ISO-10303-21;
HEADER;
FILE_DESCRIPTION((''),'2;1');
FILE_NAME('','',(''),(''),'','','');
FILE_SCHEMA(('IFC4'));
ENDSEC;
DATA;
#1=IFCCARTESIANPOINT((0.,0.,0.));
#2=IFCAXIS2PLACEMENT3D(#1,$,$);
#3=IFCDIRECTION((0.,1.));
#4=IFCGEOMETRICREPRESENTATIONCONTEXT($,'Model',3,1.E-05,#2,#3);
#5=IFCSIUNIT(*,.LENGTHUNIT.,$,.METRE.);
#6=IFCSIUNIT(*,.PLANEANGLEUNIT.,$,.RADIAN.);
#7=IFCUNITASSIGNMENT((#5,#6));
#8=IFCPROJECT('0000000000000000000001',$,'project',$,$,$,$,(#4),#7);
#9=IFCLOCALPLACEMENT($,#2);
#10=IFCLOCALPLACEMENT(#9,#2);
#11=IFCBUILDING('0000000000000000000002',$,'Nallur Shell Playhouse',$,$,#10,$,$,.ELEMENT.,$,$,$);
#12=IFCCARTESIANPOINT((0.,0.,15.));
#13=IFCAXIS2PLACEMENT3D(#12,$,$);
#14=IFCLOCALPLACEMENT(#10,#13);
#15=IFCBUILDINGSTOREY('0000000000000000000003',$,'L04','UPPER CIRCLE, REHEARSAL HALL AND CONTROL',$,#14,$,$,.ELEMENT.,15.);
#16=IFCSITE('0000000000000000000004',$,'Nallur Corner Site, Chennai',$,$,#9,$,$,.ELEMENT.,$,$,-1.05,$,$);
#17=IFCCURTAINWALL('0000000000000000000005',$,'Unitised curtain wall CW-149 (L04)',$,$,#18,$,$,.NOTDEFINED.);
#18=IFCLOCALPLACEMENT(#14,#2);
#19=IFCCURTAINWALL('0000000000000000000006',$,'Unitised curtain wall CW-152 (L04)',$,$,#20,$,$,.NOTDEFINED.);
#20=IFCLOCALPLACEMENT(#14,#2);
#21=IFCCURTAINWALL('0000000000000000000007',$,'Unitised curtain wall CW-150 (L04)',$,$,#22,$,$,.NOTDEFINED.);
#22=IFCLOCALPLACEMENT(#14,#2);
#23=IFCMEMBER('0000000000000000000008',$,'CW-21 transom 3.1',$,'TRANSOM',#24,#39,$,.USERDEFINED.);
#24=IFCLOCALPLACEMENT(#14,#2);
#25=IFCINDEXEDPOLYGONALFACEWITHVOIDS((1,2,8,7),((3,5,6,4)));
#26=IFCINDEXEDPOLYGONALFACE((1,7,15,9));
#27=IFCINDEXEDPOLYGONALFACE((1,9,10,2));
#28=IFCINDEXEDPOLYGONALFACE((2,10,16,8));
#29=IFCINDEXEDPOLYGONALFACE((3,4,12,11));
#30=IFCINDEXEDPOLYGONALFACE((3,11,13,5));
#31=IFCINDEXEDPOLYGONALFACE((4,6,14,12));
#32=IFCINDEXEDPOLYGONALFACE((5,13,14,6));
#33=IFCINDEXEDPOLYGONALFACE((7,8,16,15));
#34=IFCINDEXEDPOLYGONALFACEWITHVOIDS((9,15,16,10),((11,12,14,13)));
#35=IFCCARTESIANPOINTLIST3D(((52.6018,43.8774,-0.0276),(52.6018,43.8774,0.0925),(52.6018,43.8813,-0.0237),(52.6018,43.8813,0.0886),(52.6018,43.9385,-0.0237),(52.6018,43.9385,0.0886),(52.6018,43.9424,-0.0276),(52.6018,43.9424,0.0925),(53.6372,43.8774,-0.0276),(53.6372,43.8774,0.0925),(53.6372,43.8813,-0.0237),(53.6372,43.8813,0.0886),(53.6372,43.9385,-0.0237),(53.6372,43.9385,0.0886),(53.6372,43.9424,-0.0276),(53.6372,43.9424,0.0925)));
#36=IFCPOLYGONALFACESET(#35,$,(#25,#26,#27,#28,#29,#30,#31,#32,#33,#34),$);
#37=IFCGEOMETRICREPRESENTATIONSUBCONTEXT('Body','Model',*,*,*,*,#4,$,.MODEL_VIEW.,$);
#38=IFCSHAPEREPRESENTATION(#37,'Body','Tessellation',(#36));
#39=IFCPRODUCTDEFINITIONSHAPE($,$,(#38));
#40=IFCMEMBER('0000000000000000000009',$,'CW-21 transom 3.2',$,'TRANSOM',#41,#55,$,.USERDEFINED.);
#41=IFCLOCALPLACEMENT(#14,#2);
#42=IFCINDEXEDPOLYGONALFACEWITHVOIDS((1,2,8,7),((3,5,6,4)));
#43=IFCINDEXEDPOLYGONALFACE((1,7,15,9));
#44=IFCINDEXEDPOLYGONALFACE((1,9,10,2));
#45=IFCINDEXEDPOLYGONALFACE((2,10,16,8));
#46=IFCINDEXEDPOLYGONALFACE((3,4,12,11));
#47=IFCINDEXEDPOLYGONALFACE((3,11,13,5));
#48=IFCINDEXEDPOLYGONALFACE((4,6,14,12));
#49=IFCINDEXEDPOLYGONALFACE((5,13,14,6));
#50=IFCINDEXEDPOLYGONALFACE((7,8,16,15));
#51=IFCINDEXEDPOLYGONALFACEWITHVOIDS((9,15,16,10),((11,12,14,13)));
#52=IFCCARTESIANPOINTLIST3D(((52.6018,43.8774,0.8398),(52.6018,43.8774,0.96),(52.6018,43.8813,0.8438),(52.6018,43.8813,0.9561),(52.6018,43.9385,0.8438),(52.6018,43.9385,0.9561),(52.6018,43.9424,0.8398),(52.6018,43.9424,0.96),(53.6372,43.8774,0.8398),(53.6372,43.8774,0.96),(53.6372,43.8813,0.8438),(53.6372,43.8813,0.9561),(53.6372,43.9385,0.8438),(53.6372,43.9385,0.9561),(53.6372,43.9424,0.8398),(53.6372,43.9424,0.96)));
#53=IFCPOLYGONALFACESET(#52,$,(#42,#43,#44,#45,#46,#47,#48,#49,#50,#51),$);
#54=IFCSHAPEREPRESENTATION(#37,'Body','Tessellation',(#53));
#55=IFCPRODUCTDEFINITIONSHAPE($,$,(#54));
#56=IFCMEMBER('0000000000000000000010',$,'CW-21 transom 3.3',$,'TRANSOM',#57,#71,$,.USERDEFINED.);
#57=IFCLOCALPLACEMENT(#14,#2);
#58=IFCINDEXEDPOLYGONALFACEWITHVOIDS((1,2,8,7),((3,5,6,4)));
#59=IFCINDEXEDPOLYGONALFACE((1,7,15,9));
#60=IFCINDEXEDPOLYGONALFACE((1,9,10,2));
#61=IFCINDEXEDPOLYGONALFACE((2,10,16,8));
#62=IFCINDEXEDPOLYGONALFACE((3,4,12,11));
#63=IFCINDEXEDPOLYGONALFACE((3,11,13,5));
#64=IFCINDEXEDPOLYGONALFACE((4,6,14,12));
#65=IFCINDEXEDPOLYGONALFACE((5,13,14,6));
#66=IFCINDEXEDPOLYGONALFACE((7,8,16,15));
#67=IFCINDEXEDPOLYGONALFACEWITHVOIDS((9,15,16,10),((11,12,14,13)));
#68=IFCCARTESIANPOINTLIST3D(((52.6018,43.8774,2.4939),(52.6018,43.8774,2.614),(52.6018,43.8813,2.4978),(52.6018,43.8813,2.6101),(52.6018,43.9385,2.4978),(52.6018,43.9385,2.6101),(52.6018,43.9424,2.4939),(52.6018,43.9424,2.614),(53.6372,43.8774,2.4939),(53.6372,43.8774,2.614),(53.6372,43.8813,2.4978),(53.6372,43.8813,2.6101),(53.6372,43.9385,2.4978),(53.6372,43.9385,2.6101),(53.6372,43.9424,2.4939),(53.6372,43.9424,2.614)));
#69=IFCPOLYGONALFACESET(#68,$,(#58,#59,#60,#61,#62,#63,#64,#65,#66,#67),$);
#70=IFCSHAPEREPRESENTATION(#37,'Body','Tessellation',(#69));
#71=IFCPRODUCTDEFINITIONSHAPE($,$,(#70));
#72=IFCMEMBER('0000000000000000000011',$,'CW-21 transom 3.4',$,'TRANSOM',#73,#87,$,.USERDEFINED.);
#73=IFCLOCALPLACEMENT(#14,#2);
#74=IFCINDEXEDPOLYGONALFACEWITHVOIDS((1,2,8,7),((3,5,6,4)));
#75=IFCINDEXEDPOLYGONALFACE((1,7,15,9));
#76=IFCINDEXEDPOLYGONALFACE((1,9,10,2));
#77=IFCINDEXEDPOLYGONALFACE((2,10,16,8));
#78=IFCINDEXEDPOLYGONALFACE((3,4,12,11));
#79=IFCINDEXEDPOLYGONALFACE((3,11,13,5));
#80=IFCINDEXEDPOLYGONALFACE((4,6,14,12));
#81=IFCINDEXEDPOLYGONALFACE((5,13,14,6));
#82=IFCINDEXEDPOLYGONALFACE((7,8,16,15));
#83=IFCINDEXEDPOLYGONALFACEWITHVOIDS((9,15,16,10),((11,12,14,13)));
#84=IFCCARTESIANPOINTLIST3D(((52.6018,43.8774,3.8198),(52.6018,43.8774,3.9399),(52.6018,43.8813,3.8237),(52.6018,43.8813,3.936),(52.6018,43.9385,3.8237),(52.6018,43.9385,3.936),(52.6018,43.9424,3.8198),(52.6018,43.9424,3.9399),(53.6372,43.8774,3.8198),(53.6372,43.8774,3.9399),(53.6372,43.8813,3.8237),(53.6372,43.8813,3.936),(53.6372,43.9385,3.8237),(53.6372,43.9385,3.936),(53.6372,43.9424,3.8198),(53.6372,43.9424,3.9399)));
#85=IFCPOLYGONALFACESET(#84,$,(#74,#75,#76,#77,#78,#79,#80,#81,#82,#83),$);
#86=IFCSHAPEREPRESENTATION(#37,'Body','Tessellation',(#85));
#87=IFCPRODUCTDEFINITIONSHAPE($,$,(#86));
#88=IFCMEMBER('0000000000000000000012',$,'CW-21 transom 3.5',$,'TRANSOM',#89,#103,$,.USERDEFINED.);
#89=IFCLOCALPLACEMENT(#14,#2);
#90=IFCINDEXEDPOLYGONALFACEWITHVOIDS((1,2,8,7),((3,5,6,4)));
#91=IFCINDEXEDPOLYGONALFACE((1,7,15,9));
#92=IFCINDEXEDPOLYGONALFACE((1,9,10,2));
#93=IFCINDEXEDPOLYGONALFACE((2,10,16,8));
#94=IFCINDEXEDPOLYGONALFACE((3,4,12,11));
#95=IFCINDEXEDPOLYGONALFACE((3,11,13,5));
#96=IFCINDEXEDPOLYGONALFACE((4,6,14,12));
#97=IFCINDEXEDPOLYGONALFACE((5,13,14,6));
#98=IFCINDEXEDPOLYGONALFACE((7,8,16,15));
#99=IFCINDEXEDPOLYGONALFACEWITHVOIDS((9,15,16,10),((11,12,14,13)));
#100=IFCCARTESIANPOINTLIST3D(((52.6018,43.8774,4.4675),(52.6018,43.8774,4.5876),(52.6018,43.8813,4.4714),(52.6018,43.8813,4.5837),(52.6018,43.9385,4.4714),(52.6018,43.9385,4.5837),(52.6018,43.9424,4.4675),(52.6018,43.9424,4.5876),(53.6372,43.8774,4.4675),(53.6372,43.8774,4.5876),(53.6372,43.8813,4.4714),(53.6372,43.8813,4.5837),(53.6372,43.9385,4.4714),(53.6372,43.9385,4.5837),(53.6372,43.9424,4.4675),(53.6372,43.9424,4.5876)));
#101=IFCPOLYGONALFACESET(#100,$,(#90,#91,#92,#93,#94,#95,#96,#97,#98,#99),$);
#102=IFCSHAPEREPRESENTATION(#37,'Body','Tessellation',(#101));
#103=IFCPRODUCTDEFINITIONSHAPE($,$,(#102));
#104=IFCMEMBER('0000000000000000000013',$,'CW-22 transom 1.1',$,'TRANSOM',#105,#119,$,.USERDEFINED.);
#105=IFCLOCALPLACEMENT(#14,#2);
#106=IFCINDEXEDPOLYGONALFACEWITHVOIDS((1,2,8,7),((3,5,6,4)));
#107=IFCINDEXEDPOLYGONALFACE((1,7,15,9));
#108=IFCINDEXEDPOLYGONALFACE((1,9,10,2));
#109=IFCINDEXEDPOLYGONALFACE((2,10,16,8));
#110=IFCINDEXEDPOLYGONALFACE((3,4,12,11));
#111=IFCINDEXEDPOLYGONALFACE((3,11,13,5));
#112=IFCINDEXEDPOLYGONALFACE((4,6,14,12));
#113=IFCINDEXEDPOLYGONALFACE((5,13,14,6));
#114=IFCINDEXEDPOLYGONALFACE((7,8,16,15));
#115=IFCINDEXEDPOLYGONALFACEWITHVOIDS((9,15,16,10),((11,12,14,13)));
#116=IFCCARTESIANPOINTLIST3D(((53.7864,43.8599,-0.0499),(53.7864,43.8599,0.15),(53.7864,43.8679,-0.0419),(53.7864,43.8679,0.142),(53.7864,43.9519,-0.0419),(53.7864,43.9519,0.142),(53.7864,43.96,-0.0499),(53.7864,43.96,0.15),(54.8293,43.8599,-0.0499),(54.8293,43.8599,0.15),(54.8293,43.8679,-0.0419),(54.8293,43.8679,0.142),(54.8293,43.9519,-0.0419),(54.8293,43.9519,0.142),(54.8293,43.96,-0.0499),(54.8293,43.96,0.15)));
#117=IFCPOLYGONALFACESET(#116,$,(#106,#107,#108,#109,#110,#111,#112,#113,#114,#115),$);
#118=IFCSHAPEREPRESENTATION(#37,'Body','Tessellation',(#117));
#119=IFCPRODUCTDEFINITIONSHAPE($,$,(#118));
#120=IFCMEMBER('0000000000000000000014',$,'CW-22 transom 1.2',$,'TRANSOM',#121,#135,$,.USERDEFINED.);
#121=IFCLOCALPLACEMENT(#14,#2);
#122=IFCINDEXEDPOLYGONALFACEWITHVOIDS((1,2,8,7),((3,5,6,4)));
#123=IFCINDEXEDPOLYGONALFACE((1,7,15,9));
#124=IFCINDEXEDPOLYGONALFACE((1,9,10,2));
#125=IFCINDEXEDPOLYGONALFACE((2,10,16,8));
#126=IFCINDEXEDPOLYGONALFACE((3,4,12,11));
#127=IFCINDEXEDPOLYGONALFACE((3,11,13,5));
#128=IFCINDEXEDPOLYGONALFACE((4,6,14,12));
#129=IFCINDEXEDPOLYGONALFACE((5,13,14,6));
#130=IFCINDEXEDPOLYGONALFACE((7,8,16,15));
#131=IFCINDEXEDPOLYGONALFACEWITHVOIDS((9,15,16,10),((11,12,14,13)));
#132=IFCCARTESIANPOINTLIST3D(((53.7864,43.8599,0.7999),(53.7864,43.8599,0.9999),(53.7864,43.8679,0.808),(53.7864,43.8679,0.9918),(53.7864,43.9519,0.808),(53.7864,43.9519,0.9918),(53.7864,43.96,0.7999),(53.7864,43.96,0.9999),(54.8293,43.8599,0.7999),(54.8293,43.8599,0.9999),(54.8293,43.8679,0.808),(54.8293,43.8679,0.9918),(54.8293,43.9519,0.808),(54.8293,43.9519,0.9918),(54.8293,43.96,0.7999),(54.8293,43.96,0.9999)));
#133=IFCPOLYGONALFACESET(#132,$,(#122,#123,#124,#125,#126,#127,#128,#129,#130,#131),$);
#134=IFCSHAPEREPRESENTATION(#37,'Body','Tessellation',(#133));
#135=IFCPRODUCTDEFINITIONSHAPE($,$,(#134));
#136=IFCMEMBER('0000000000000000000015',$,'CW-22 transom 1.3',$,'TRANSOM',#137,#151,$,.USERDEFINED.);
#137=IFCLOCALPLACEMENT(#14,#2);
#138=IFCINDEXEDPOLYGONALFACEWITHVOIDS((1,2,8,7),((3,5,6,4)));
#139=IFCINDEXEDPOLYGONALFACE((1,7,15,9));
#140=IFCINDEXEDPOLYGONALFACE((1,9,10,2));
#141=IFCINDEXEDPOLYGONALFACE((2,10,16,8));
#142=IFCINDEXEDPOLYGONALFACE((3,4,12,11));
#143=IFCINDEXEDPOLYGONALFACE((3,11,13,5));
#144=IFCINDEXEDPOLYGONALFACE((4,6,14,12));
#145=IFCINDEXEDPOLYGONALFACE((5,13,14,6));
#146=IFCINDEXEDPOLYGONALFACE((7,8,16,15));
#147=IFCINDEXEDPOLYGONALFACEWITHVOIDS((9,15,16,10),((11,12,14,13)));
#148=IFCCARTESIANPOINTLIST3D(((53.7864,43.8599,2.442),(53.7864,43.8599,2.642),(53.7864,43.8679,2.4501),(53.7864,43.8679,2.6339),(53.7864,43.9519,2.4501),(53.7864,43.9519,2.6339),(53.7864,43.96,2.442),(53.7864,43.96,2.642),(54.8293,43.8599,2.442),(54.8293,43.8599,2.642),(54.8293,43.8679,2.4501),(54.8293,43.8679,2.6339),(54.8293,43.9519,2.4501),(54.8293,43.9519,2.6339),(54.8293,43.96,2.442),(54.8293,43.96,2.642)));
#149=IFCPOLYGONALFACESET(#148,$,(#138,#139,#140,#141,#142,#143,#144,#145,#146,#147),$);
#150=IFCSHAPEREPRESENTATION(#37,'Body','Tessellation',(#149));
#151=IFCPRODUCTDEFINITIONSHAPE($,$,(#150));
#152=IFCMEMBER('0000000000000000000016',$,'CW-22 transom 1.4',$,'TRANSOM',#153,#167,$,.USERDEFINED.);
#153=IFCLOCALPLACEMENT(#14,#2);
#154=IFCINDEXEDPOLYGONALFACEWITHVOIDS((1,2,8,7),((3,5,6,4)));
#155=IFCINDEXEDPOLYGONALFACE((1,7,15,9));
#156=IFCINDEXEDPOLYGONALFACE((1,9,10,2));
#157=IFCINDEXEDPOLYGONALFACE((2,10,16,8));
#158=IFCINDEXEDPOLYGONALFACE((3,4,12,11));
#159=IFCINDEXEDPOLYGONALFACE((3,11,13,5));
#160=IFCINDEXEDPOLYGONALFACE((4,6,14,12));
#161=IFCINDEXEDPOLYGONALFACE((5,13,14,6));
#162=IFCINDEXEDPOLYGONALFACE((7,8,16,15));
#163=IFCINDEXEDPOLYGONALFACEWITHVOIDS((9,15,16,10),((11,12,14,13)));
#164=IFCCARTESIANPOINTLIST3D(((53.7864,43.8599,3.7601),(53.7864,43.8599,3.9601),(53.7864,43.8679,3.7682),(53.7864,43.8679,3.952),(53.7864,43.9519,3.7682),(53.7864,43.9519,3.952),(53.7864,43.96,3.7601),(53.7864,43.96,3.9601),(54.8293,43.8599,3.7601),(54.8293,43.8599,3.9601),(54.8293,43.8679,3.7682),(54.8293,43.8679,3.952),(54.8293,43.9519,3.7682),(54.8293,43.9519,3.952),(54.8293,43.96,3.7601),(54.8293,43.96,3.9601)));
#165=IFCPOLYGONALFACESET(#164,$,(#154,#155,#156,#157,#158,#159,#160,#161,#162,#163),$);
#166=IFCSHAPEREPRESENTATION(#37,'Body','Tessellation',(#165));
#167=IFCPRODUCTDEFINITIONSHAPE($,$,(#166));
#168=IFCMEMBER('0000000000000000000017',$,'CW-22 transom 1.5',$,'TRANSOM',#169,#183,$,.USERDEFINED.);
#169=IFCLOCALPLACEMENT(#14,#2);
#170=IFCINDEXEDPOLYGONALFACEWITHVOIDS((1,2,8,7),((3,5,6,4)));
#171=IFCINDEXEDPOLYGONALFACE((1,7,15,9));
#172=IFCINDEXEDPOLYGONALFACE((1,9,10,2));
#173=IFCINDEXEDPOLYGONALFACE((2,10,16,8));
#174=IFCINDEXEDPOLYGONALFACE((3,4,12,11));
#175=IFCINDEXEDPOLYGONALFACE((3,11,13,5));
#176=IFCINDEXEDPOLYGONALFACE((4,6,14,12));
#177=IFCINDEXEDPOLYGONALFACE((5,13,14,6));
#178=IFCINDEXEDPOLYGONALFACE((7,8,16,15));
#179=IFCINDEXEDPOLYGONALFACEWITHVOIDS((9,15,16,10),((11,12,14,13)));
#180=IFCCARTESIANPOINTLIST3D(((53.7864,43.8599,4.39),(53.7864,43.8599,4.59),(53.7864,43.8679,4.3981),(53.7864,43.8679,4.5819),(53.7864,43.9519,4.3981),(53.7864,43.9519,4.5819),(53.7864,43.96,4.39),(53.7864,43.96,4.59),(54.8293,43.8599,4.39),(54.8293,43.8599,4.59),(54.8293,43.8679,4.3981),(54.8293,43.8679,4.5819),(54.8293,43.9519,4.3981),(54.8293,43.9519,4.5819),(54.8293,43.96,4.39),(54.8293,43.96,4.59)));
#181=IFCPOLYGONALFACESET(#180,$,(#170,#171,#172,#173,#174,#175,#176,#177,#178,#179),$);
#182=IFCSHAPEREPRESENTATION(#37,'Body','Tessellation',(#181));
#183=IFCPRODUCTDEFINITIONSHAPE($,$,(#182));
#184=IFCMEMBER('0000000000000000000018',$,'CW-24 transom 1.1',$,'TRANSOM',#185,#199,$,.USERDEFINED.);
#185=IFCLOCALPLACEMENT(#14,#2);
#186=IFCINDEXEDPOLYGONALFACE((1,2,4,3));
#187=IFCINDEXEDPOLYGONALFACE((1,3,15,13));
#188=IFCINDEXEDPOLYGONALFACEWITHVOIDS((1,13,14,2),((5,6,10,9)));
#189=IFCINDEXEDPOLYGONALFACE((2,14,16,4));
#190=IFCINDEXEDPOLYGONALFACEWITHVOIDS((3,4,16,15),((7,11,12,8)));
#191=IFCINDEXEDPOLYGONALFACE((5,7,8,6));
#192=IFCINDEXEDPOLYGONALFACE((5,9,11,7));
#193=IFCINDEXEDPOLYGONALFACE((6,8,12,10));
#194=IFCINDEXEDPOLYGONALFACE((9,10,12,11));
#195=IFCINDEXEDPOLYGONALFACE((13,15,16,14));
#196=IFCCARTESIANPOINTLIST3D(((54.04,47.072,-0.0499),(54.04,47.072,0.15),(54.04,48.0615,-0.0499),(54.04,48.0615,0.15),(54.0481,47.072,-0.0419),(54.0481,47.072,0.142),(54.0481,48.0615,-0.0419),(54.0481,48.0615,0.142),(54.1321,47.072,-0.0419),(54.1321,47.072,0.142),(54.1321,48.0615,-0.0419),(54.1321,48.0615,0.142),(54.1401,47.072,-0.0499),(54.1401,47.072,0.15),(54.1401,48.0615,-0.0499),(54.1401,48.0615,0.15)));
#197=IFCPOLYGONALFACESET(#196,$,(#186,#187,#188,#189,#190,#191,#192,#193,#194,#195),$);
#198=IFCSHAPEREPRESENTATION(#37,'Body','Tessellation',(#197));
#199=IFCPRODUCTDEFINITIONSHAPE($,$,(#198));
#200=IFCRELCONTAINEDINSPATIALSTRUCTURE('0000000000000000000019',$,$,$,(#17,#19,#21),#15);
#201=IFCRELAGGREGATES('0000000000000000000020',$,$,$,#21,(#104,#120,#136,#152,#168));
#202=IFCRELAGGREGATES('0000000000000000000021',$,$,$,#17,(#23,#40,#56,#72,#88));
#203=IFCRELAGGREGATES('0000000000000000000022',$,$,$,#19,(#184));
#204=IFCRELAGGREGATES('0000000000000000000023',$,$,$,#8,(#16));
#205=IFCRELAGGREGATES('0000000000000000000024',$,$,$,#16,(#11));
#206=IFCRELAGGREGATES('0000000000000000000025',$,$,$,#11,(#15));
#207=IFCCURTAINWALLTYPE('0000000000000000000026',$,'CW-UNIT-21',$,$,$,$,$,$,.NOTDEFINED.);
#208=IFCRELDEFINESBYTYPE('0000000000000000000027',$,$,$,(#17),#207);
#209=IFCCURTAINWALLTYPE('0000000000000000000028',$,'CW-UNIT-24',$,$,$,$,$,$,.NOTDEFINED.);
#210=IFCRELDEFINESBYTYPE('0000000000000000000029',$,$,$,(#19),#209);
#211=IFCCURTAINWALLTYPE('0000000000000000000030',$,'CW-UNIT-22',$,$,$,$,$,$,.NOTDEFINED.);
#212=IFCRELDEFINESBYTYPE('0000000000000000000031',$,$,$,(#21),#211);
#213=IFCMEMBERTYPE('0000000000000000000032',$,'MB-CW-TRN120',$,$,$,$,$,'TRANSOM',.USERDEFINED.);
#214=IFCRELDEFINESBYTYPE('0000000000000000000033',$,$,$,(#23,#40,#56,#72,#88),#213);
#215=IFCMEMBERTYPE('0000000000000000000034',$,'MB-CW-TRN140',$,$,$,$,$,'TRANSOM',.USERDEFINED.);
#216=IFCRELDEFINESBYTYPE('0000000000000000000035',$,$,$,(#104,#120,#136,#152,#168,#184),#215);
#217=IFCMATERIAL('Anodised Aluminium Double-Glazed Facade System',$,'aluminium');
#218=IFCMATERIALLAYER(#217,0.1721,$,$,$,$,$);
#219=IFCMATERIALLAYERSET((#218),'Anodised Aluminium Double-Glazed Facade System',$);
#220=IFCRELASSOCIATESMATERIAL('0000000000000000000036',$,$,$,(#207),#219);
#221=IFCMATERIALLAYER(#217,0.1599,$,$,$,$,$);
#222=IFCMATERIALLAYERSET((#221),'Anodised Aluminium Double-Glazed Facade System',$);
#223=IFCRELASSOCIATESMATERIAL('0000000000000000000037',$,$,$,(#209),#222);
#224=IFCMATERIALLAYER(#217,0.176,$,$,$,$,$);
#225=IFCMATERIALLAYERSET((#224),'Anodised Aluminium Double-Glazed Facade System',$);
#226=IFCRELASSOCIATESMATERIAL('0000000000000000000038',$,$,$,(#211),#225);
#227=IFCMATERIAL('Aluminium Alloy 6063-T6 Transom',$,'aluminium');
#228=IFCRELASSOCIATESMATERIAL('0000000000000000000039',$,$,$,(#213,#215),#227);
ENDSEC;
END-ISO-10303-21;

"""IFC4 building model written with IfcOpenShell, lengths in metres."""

from ifc_helpers import new_model, si_unit, direction, frame, origin, origin_2d, place, context, subcontext, project, spatial, hollow_rectangle, extrude, material, layer, layer_set, material_profile, profile_set, type_object, element, aggregate, save


model = new_model("IFC4")

# Units and contexts
model_context = context("Model", 3, precision=1e-05, world=origin(), true_north=direction((0.0, 1.0)))
body_context = subcontext(model_context, "Body", "Model", "MODEL_VIEW")
ifc_project = project(units=[si_unit("LENGTHUNIT", "METRE"), si_unit("PLANEANGLEUNIT", "RADIAN")], contexts=[model_context])

# Site, building, storey
site_placement = place(None, origin())
site = spatial("IfcSite", under=ifc_project, at=site_placement, Name="Nallur Corner Site, Chennai", CompositionType="ELEMENT", RefElevation=-1.05)
building_placement = place(site_placement, origin())
building = spatial("IfcBuilding", under=site, at=building_placement, Name="Nallur Shell Playhouse", CompositionType="ELEMENT")
storey_placement = place(building_placement, frame((0.0, 0.0, 15.0)))
storey = spatial("IfcBuildingStorey", under=building, at=storey_placement, Name="L04", Description="UPPER CIRCLE, REHEARSAL HALL AND CONTROL", CompositionType="ELEMENT", Elevation=15.0)

# Curtain wall
ifc_material_1 = material(Name="Anodised Aluminium Double-Glazed Facade System", Category="aluminium")
ifc_layer_1 = layer(ifc_material_1, 0.1721)
ifc_layer_set_1 = layer_set([ifc_layer_1], Name="Anodised Aluminium Double-Glazed Facade System")
curtain_wall_type_1 = type_object("IfcCurtainWallType", Name="CW-UNIT-21", PredefinedType="NOTDEFINED", material=ifc_layer_set_1)
curtain_wall_1_placement = place(storey_placement, origin())
curtain_wall_1 = element("IfcCurtainWall", 1, at=curtain_wall_1_placement, inside=storey, type_object=curtain_wall_type_1, Name="Unitised curtain wall CW-149 (L04)", PredefinedType="NOTDEFINED")

# Curtain walls
ifc_layer_2 = layer(ifc_material_1, 0.1599)
ifc_layer_set_2 = layer_set([ifc_layer_2], Name="Anodised Aluminium Double-Glazed Facade System")
curtain_wall_type_2 = type_object("IfcCurtainWallType", Name="CW-UNIT-24", PredefinedType="NOTDEFINED", material=ifc_layer_set_2)
curtain_wall_2_placement = place(storey_placement, origin())
curtain_wall_2 = element("IfcCurtainWall", 2, at=curtain_wall_2_placement, inside=storey, type_object=curtain_wall_type_2, Name="Unitised curtain wall CW-152 (L04)", PredefinedType="NOTDEFINED")
ifc_layer_3 = layer(ifc_material_1, 0.176)
ifc_layer_set_3 = layer_set([ifc_layer_3], Name="Anodised Aluminium Double-Glazed Facade System")
curtain_wall_type_3 = type_object("IfcCurtainWallType", Name="CW-UNIT-22", PredefinedType="NOTDEFINED", material=ifc_layer_set_3)
curtain_wall_3_placement = place(storey_placement, origin())
curtain_wall_3 = element("IfcCurtainWall", 3, at=curtain_wall_3_placement, inside=storey, type_object=curtain_wall_type_3, Name="Unitised curtain wall CW-150 (L04)", PredefinedType="NOTDEFINED")

# Members
ifc_material_2 = material(Name="Aluminium Alloy 6063-T6 Transom", Category="aluminium")
ifc_material_profile_1 = material_profile(ifc_material_2, hollow_rectangle(XDim=0.0649, YDim=0.1201, WallThickness=0.0039, at=origin_2d()), Name="ALU 65x120x4")
ifc_profile_set_1 = profile_set([ifc_material_profile_1], Name="Aluminium Alloy 6063-T6 Transom")
member_type_1 = type_object("IfcMemberType", Name="MB-CW-TRN120", ElementType="TRANSOM", PredefinedType="USERDEFINED", material=ifc_profile_set_1)
member_1_placement = place(storey_placement, frame((52.6018, 43.9099, 0.0325), z_axis=(1.0, 0.0, 0.0), x_axis=(0.0, 1.0, 0.0)))
member_1 = element("IfcMember", 4, at=member_1_placement, type_object=member_type_1, Name="CW-21 transom 3.1", ObjectType="TRANSOM", PredefinedType="USERDEFINED", context=body_context, shape_type="SweptSolid", body=[
    extrude(hollow_rectangle(XDim=0.0649, YDim=0.1201, WallThickness=0.0039, at=origin_2d()), origin(), (0.0, 0.0, 1.0), 1.0354),
])
member_2_placement = place(storey_placement, frame((52.6018, 43.9099, 0.8999), z_axis=(1.0, 0.0, 0.0), x_axis=(0.0, 1.0, 0.0)))
member_2 = element("IfcMember", 5, at=member_2_placement, type_object=member_type_1, Name="CW-21 transom 3.2", ObjectType="TRANSOM", PredefinedType="USERDEFINED", context=body_context, shape_type="SweptSolid", body=[
    extrude(hollow_rectangle(XDim=0.0649, YDim=0.1201, WallThickness=0.0039, at=origin_2d()), origin(), (0.0, 0.0, 1.0), 1.0354),
])
member_3_placement = place(storey_placement, frame((52.6018, 43.9099, 2.554), z_axis=(1.0, 0.0, 0.0), x_axis=(0.0, 1.0, 0.0)))
member_3 = element("IfcMember", 6, at=member_3_placement, type_object=member_type_1, Name="CW-21 transom 3.3", ObjectType="TRANSOM", PredefinedType="USERDEFINED", context=body_context, shape_type="SweptSolid", body=[
    extrude(hollow_rectangle(XDim=0.0649, YDim=0.1201, WallThickness=0.0039, at=origin_2d()), origin(), (0.0, 0.0, 1.0), 1.0354),
])
member_4_placement = place(storey_placement, frame((52.6018, 43.9099, 3.8799), z_axis=(1.0, 0.0, 0.0), x_axis=(0.0, 1.0, 0.0)))
member_4 = element("IfcMember", 7, at=member_4_placement, type_object=member_type_1, Name="CW-21 transom 3.4", ObjectType="TRANSOM", PredefinedType="USERDEFINED", context=body_context, shape_type="SweptSolid", body=[
    extrude(hollow_rectangle(XDim=0.0649, YDim=0.1201, WallThickness=0.0039, at=origin_2d()), origin(), (0.0, 0.0, 1.0), 1.0354),
])
member_5_placement = place(storey_placement, frame((52.6018, 43.9099, 4.5276), z_axis=(1.0, 0.0, 0.0), x_axis=(0.0, 1.0, 0.0)))
member_5 = element("IfcMember", 8, at=member_5_placement, type_object=member_type_1, Name="CW-21 transom 3.5", ObjectType="TRANSOM", PredefinedType="USERDEFINED", context=body_context, shape_type="SweptSolid", body=[
    extrude(hollow_rectangle(XDim=0.0649, YDim=0.1201, WallThickness=0.0039, at=origin_2d()), origin(), (0.0, 0.0, 1.0), 1.0354),
])
ifc_material_profile_2 = material_profile(ifc_material_2, hollow_rectangle(XDim=0.1001, YDim=0.2, WallThickness=0.0081, at=origin_2d()), Name="RHS 200x100x8")
ifc_profile_set_2 = profile_set([ifc_material_profile_2], Name="Aluminium Alloy 6063-T6 Transom")
member_type_2 = type_object("IfcMemberType", Name="MB-CW-TRN140", ElementType="TRANSOM", PredefinedType="USERDEFINED", material=ifc_profile_set_2)
member_6_placement = place(storey_placement, frame((53.7864, 43.9099, 0.05), z_axis=(1.0, 0.0, 0.0), x_axis=(0.0, 1.0, 0.0)))
member_6 = element("IfcMember", 9, at=member_6_placement, type_object=member_type_2, Name="CW-22 transom 1.1", ObjectType="TRANSOM", PredefinedType="USERDEFINED", context=body_context, shape_type="SweptSolid", body=[
    extrude(hollow_rectangle(XDim=0.1001, YDim=0.2, WallThickness=0.0081, at=origin_2d()), origin(), (0.0, 0.0, 1.0), 1.043),
])
member_7_placement = place(storey_placement, frame((53.7864, 43.9099, 0.8999), z_axis=(1.0, 0.0, 0.0), x_axis=(0.0, 1.0, 0.0)))
member_7 = element("IfcMember", 10, at=member_7_placement, type_object=member_type_2, Name="CW-22 transom 1.2", ObjectType="TRANSOM", PredefinedType="USERDEFINED", context=body_context, shape_type="SweptSolid", body=[
    extrude(hollow_rectangle(XDim=0.1001, YDim=0.2, WallThickness=0.0081, at=origin_2d()), origin(), (0.0, 0.0, 1.0), 1.043),
])
member_8_placement = place(storey_placement, frame((53.7864, 43.9099, 2.542), z_axis=(1.0, 0.0, 0.0), x_axis=(0.0, 1.0, 0.0)))
member_8 = element("IfcMember", 11, at=member_8_placement, type_object=member_type_2, Name="CW-22 transom 1.3", ObjectType="TRANSOM", PredefinedType="USERDEFINED", context=body_context, shape_type="SweptSolid", body=[
    extrude(hollow_rectangle(XDim=0.1001, YDim=0.2, WallThickness=0.0081, at=origin_2d()), origin(), (0.0, 0.0, 1.0), 1.043),
])
member_9_placement = place(storey_placement, frame((53.7864, 43.9099, 3.8601), z_axis=(1.0, 0.0, 0.0), x_axis=(0.0, 1.0, 0.0)))
member_9 = element("IfcMember", 12, at=member_9_placement, type_object=member_type_2, Name="CW-22 transom 1.4", ObjectType="TRANSOM", PredefinedType="USERDEFINED", context=body_context, shape_type="SweptSolid", body=[
    extrude(hollow_rectangle(XDim=0.1001, YDim=0.2, WallThickness=0.0081, at=origin_2d()), origin(), (0.0, 0.0, 1.0), 1.043),
])
member_10_placement = place(storey_placement, frame((53.7864, 43.9099, 4.49), z_axis=(1.0, 0.0, 0.0), x_axis=(0.0, 1.0, 0.0)))
member_10 = element("IfcMember", 13, at=member_10_placement, type_object=member_type_2, Name="CW-22 transom 1.5", ObjectType="TRANSOM", PredefinedType="USERDEFINED", context=body_context, shape_type="SweptSolid", body=[
    extrude(hollow_rectangle(XDim=0.1001, YDim=0.2, WallThickness=0.0081, at=origin_2d()), origin(), (0.0, 0.0, 1.0), 1.043),
])
aggregate(curtain_wall_3, [member_6, member_7, member_8, member_9, member_10])
member_11_placement = place(storey_placement, frame((54.0901, 47.072, 0.05), z_axis=(0.0, 1.0, 0.0), x_axis=(-1.0, 0.0, 0.0)))
member_11 = element("IfcMember", 14, at=member_11_placement, type_object=member_type_2, Name="CW-24 transom 1.1", ObjectType="TRANSOM", PredefinedType="USERDEFINED", context=body_context, shape_type="SweptSolid", body=[
    extrude(hollow_rectangle(XDim=0.1001, YDim=0.2, WallThickness=0.0081, at=origin_2d()), origin(), (0.0, 0.0, 1.0), 0.9895),
])

aggregate(curtain_wall_1, [member_1, member_2, member_3, member_4, member_5])
aggregate(curtain_wall_2, [member_11])

save(model, "model.ifc")
